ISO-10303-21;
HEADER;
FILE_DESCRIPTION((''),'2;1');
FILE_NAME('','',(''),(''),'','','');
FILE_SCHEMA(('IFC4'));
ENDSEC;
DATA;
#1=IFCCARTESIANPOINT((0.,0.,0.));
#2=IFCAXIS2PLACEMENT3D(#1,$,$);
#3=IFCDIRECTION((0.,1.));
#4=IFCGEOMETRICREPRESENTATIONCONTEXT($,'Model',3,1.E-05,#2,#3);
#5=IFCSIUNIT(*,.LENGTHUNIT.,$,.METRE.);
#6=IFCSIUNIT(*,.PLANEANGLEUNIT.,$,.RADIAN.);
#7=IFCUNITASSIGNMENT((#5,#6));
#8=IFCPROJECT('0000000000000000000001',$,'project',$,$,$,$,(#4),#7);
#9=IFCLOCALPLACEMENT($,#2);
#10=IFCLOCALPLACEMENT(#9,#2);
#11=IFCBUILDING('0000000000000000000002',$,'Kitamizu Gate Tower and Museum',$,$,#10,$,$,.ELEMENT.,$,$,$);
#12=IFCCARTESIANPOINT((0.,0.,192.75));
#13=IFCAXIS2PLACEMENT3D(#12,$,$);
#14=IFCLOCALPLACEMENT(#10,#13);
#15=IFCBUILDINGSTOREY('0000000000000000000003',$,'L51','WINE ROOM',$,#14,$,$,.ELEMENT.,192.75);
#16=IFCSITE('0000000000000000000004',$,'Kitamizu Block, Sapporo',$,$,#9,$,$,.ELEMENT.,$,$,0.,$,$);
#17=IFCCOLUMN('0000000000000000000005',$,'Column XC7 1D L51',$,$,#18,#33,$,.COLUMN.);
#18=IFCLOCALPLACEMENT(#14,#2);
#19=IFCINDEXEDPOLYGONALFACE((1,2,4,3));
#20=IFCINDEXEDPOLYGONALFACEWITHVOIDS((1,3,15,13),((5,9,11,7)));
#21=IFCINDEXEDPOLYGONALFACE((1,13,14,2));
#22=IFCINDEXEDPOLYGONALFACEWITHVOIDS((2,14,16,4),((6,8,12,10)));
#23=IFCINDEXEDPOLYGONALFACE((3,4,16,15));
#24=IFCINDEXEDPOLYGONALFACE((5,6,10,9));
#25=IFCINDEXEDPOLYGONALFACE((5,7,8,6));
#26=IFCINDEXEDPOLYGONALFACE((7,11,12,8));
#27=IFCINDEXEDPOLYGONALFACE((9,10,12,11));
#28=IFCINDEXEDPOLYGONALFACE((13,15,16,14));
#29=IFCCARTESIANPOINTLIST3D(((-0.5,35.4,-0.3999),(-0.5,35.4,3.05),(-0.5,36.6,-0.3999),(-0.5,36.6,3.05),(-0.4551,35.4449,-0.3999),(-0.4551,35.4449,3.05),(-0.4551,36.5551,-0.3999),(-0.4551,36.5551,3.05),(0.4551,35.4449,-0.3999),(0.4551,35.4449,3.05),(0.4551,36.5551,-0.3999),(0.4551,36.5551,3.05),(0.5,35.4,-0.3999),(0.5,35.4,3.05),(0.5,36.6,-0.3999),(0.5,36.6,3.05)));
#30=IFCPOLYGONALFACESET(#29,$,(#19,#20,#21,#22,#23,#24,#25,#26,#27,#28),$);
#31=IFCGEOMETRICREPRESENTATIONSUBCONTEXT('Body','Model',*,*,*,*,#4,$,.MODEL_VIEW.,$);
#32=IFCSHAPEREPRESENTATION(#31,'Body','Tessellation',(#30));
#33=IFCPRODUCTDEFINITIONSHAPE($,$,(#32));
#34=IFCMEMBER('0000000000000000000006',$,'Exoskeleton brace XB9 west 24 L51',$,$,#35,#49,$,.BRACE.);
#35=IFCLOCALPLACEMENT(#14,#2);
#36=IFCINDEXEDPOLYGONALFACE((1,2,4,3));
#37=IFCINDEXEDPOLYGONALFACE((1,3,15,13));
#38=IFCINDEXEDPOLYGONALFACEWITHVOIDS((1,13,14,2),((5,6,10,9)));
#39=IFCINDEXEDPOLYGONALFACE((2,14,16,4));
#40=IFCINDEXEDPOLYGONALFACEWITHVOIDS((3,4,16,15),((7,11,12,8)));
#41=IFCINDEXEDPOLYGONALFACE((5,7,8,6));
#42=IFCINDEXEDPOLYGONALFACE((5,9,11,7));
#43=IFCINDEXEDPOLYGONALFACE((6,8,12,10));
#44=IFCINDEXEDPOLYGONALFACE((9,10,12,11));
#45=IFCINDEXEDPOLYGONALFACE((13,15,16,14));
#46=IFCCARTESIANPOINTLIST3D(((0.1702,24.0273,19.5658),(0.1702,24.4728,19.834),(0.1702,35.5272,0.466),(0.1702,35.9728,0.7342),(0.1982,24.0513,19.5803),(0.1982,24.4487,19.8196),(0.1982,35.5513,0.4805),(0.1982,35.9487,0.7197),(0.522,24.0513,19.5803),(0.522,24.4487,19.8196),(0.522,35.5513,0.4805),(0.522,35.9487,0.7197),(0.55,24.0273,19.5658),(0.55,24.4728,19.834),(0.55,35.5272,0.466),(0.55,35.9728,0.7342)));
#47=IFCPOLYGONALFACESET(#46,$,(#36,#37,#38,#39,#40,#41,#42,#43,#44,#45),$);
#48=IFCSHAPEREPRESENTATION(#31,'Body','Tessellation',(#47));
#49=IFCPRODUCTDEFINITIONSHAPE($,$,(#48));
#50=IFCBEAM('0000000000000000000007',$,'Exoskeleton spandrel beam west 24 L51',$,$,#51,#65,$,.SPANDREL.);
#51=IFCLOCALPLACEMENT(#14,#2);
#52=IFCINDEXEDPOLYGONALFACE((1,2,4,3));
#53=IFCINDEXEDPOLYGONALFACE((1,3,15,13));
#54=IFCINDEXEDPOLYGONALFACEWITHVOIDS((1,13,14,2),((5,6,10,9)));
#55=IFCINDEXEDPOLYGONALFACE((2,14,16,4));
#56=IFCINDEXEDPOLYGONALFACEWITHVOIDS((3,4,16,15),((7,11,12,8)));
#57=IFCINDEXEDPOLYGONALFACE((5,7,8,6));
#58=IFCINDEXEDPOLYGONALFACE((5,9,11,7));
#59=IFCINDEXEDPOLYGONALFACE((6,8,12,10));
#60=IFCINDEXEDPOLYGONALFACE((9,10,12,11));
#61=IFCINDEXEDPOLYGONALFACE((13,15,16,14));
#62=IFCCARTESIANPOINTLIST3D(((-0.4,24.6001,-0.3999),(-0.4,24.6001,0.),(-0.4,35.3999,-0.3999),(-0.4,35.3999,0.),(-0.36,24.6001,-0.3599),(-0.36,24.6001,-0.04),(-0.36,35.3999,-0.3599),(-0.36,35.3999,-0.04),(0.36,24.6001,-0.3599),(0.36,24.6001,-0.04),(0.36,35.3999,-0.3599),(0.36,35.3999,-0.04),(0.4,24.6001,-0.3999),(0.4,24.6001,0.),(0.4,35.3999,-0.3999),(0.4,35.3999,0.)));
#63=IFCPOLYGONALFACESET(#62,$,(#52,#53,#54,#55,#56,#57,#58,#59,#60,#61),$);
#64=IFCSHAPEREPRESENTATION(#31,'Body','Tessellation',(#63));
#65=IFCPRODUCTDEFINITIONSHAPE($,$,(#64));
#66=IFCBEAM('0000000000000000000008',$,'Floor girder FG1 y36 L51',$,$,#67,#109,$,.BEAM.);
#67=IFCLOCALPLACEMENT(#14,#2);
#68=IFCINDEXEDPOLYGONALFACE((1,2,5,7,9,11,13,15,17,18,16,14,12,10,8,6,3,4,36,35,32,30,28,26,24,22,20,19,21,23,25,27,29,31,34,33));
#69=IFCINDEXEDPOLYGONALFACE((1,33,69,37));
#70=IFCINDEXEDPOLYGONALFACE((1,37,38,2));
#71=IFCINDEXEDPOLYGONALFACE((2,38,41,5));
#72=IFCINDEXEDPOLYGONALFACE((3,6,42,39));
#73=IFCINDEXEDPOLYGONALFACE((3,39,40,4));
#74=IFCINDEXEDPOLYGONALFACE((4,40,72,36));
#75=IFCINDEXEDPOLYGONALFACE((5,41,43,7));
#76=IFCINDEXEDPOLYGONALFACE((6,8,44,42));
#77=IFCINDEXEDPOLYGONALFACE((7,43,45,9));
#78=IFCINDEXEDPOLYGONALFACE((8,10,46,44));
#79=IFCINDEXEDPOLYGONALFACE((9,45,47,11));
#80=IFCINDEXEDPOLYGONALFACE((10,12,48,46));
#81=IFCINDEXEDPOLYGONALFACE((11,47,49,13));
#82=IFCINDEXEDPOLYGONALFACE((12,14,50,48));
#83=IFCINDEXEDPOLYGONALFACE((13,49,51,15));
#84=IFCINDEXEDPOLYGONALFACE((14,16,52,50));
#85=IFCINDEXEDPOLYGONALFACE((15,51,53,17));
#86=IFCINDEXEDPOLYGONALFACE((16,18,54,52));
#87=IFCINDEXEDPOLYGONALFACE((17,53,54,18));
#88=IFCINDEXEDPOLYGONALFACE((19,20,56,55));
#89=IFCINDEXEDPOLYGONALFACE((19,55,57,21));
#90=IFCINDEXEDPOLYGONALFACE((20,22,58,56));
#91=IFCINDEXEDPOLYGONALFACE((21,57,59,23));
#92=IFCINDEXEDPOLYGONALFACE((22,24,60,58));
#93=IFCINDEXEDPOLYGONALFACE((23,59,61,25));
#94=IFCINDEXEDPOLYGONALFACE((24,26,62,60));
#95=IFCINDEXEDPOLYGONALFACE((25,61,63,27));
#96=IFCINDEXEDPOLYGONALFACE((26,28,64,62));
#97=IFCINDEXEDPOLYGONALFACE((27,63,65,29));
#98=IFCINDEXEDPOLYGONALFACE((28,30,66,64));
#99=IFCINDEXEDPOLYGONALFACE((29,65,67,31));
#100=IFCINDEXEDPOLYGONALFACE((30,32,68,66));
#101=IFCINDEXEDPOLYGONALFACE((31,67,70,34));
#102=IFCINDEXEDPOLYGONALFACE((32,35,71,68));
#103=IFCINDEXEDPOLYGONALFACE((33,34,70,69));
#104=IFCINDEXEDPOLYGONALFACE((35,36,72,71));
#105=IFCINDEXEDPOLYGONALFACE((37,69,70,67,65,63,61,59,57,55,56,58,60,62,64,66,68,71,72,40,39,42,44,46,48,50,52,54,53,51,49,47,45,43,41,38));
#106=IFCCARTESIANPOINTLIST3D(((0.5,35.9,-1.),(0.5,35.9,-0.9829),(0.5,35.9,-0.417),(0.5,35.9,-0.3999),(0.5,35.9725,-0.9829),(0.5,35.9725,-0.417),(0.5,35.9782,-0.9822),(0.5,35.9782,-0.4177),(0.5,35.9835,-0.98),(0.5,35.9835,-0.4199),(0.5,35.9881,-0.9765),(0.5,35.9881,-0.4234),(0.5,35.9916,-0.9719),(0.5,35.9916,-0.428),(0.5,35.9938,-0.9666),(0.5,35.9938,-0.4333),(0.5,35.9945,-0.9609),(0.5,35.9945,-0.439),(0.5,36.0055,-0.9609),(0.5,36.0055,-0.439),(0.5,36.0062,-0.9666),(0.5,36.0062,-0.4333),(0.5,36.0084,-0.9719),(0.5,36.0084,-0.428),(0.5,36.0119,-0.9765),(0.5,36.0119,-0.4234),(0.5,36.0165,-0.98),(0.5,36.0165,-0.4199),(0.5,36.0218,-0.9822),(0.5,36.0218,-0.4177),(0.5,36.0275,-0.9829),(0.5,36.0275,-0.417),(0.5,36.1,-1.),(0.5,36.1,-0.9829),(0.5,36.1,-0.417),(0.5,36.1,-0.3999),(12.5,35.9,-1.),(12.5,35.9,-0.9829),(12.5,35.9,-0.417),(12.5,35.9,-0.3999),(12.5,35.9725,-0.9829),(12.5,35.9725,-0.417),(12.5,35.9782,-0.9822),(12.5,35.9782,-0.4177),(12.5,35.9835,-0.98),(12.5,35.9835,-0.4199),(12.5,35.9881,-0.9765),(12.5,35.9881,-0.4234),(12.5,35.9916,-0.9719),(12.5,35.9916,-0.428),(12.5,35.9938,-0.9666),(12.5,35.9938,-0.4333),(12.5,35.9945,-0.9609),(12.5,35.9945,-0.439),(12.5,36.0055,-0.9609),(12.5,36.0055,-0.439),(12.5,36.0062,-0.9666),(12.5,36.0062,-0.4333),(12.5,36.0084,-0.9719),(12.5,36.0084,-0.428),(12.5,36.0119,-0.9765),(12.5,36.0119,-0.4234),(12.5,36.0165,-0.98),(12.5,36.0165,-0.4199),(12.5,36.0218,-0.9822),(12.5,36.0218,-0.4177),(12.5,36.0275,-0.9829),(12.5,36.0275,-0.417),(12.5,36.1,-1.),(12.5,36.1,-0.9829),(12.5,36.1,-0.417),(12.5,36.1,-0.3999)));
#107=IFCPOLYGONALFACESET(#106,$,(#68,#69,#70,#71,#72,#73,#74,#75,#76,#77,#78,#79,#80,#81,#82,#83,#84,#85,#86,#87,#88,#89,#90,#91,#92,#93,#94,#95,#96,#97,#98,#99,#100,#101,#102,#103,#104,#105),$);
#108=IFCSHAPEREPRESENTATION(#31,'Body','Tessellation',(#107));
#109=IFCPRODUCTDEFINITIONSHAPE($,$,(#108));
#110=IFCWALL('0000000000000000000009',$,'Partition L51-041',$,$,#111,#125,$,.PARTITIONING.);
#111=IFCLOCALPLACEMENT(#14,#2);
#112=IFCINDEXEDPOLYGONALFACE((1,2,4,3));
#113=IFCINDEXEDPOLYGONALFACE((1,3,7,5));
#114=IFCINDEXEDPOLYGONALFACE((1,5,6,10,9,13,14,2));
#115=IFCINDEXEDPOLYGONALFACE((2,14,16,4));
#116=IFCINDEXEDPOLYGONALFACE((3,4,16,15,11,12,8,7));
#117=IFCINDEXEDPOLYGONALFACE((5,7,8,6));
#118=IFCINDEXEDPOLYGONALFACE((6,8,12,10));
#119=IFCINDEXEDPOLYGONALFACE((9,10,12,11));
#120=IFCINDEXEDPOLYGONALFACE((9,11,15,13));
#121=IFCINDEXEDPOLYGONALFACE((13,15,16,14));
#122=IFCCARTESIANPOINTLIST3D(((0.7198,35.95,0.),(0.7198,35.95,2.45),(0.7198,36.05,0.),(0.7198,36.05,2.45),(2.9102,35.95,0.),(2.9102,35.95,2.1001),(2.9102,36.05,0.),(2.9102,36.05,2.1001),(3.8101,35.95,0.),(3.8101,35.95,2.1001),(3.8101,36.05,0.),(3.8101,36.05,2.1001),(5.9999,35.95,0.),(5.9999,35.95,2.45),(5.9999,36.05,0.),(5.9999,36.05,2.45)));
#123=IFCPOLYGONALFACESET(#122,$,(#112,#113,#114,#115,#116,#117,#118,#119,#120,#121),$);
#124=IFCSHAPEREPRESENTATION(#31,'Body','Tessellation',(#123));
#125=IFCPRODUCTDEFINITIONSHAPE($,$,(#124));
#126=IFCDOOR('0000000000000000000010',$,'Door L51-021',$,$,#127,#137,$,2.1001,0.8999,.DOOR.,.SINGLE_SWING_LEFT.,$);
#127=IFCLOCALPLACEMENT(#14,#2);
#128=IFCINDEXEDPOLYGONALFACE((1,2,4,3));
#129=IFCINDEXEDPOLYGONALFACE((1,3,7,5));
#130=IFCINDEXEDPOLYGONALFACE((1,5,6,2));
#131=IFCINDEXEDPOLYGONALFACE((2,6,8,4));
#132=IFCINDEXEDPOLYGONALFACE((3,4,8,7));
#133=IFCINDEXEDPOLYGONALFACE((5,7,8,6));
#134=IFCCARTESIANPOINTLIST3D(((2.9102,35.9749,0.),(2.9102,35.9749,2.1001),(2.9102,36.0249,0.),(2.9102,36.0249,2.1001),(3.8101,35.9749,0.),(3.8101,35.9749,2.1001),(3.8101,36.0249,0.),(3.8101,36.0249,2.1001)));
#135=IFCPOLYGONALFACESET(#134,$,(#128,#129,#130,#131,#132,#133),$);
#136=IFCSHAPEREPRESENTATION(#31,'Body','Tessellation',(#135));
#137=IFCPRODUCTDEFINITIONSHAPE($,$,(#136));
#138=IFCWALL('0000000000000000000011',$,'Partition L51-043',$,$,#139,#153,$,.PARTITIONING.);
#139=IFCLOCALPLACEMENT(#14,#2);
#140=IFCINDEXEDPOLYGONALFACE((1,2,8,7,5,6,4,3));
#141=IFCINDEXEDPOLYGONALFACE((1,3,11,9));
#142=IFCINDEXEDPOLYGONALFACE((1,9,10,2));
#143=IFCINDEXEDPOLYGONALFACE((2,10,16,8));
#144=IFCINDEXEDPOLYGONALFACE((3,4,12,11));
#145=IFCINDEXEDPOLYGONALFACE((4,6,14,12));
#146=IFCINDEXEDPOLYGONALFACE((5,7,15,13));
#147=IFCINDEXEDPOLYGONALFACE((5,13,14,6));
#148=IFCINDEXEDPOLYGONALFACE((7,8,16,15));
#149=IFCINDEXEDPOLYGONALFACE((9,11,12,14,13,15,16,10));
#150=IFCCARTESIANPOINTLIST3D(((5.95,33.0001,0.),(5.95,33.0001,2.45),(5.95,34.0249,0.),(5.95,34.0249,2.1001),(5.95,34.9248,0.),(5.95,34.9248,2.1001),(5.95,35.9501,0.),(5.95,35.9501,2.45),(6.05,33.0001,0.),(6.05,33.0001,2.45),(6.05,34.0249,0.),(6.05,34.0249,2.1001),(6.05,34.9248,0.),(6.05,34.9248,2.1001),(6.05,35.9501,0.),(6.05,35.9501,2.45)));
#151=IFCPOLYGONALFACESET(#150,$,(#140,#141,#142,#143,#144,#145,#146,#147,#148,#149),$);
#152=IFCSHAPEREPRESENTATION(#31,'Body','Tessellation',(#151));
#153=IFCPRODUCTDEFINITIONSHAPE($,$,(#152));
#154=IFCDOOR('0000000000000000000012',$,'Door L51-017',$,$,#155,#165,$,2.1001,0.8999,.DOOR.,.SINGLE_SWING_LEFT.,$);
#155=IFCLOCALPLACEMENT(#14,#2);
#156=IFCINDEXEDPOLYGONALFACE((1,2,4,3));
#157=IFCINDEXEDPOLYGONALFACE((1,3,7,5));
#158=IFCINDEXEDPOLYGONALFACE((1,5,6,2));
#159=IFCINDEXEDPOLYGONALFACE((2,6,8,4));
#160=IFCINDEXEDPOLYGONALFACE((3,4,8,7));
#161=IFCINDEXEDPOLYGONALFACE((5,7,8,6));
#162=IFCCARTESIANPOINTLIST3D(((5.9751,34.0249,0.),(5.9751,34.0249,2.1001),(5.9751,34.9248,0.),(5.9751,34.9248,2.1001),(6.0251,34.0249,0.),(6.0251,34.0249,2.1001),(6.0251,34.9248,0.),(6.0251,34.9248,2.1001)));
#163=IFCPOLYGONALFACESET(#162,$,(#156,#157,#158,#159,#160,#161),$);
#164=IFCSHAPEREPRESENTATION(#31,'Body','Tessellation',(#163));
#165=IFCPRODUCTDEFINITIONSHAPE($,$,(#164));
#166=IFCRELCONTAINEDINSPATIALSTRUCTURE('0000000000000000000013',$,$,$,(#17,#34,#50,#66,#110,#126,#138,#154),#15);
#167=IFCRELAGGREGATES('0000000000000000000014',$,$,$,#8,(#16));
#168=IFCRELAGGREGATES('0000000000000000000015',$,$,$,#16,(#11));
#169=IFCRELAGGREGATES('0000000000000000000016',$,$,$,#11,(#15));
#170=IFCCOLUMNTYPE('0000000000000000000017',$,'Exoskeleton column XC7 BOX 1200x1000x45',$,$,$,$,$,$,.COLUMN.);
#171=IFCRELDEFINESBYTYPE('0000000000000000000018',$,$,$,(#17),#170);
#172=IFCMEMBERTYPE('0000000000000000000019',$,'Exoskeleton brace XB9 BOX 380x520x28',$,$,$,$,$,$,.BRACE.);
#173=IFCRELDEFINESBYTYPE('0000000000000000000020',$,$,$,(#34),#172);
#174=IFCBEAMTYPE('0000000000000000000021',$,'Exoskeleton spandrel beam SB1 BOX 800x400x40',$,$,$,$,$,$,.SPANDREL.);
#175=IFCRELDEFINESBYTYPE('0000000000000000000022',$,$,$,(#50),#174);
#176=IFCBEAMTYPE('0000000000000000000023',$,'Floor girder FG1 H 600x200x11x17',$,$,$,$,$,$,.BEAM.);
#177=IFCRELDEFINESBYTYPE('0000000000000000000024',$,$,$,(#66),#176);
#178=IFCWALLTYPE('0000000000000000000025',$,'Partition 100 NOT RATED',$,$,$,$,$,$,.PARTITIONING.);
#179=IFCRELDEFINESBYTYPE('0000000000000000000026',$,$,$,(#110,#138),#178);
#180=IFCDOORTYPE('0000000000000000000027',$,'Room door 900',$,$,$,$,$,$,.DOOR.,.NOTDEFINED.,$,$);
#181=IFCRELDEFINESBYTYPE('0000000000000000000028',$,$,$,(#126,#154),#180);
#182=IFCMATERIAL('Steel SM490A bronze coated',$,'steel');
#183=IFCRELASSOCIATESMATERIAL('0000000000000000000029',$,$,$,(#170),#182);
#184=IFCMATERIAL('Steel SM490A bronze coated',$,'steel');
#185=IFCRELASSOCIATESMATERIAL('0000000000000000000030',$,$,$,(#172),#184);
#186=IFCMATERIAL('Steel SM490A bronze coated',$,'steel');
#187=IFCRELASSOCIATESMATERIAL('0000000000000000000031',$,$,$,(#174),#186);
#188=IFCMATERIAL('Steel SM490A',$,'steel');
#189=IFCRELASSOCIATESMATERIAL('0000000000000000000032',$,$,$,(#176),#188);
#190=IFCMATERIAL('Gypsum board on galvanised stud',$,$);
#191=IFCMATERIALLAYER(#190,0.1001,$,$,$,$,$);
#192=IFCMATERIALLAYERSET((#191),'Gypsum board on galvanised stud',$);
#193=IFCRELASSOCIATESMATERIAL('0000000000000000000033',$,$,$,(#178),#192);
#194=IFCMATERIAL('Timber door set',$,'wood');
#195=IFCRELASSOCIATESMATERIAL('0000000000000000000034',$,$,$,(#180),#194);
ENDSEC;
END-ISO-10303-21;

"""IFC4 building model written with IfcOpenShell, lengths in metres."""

from ifc_helpers import new_model, si_unit, direction, frame, frame_2d, origin, origin_2d, place, context, subcontext, project, spatial, rectangle, hollow_rectangle, i_section, extrude, material, layer, layer_set, material_profile, profile_set, type_object, element, fill, save


model = new_model("IFC4")

# Units and contexts
model_context = context("Model", 3, precision=1e-05, world=origin(), true_north=direction((0.0, 1.0)))
body_context = subcontext(model_context, "Body", "Model", "MODEL_VIEW")
ifc_project = project(units=[si_unit("LENGTHUNIT", "METRE"), si_unit("PLANEANGLEUNIT", "RADIAN")], contexts=[model_context])

# Site, building, storey
site_placement = place(None, origin())
site = spatial("IfcSite", under=ifc_project, at=site_placement, Name="Kitamizu Block, Sapporo", CompositionType="ELEMENT", RefElevation=0.0)
building_placement = place(site_placement, origin())
building = spatial("IfcBuilding", under=site, at=building_placement, Name="Kitamizu Gate Tower and Museum", CompositionType="ELEMENT")
storey_placement = place(building_placement, frame((0.0, 0.0, 192.75)))
storey = spatial("IfcBuildingStorey", under=building, at=storey_placement, Name="L51", Description="WINE ROOM", CompositionType="ELEMENT", Elevation=192.75)

# Column
ifc_material_1 = material(Name="Steel SM490A bronze coated", Category="steel")
ifc_material_profile_1 = material_profile(ifc_material_1, hollow_rectangle(XDim=1.2, YDim=1.0, WallThickness=0.0449, at=origin_2d()), Name="BOX 1200x1000x45")
ifc_profile_set_1 = profile_set([ifc_material_profile_1], Name="Steel SM490A bronze coated")
column_type = type_object("IfcColumnType", Name="Exoskeleton column XC7 BOX 1200x1000x45", PredefinedType="COLUMN", material=ifc_profile_set_1)
column_placement = place(storey_placement, frame((0.0, 36.0, -0.3999), z_axis=(0.0, 0.0, 1.0), x_axis=(0.0, 1.0, 0.0)))
element("IfcColumn", 1, at=column_placement, inside=storey, type_object=column_type, Name="Column XC7 1D L51", PredefinedType="COLUMN", context=body_context, shape_type="SweptSolid", body=[
    extrude(hollow_rectangle(XDim=1.2, YDim=1.0, WallThickness=0.0449, at=origin_2d()), origin(), (0.0, 0.0, 1.0), 3.45),
])

# Member
ifc_material_2 = material(Name="Steel SM490A bronze coated", Category="steel")
ifc_material_profile_2 = material_profile(ifc_material_2, hollow_rectangle(XDim=0.3799, YDim=0.52, WallThickness=0.0281, at=origin_2d()), Name="BOX 380x520x28")
ifc_profile_set_2 = profile_set([ifc_material_profile_2], Name="Steel SM490A bronze coated")
member_type = type_object("IfcMemberType", Name="Exoskeleton brace XB9 BOX 380x520x28", PredefinedType="BRACE", material=ifc_profile_set_2)
member_placement = place(storey_placement, frame((0.3601, 35.75, 0.6001), z_axis=(0.0, -0.515817, 0.856699), x_axis=(1.0, 0.0, 0.0)))
element("IfcMember", 2, at=member_placement, inside=storey, type_object=member_type, Name="Exoskeleton brace XB9 west 24 L51", PredefinedType="BRACE", context=body_context, shape_type="SweptSolid", body=[
    extrude(hollow_rectangle(XDim=0.3799, YDim=0.52, WallThickness=0.0281, at=origin_2d()), origin(), (0.0, 0.0, 1.0), 22.2947),
])

# Beams
ifc_material_3 = material(Name="Steel SM490A bronze coated", Category="steel")
ifc_material_profile_3 = material_profile(ifc_material_3, hollow_rectangle(XDim=0.8, YDim=0.3999, WallThickness=0.04, at=origin_2d()), Name="BOX 800x400x40")
ifc_profile_set_3 = profile_set([ifc_material_profile_3], Name="Steel SM490A bronze coated")
beam_type_1 = type_object("IfcBeamType", Name="Exoskeleton spandrel beam SB1 BOX 800x400x40", PredefinedType="SPANDREL", material=ifc_profile_set_3)
beam_1_placement = place(storey_placement, frame((0.0, 24.6001, -0.2), z_axis=(0.0, 1.0, 0.0), x_axis=(-1.0, 0.0, 0.0)))
element("IfcBeam", 3, at=beam_1_placement, inside=storey, type_object=beam_type_1, Name="Exoskeleton spandrel beam west 24 L51", PredefinedType="SPANDREL", context=body_context, shape_type="SweptSolid", body=[
    extrude(hollow_rectangle(XDim=0.8, YDim=0.3999, WallThickness=0.04, at=origin_2d()), origin(), (0.0, 0.0, 1.0), 10.7998),
])
ifc_material_4 = material(Name="Steel SM490A", Category="steel")
ifc_material_profile_4 = material_profile(ifc_material_4, i_section(OverallWidth=0.2, OverallDepth=0.6001, WebThickness=0.011, FlangeThickness=0.0171, FilletRadius=0.022, at=origin_2d()), Name="H-600x200x11x17")
ifc_profile_set_4 = profile_set([ifc_material_profile_4], Name="Steel SM490A")
beam_type_2 = type_object("IfcBeamType", Name="Floor girder FG1 H 600x200x11x17", PredefinedType="BEAM", material=ifc_profile_set_4)
beam_2_placement = place(storey_placement, frame((0.5, 36.0, -0.7), z_axis=(1.0, 0.0, 0.0), x_axis=(0.0, 1.0, 0.0)))
element("IfcBeam", 4, at=beam_2_placement, inside=storey, type_object=beam_type_2, Name="Floor girder FG1 y36 L51", PredefinedType="BEAM", context=body_context, shape_type="SweptSolid", body=[
    extrude(i_section(OverallWidth=0.2, OverallDepth=0.6001, WebThickness=0.011, FlangeThickness=0.0171, FilletRadius=0.022, at=origin_2d()), origin(), (0.0, 0.0, 1.0), 12.0),
])

# Walls, openings, doors
ifc_material_5 = material(Name="Gypsum board on galvanised stud")
ifc_layer_1 = layer(ifc_material_5, 0.1001)
ifc_layer_set_1 = layer_set([ifc_layer_1], Name="Gypsum board on galvanised stud")
wall_type_1 = type_object("IfcWallType", Name="Partition 100 NOT RATED", PredefinedType="PARTITIONING", material=ifc_layer_set_1)
wall_1_placement = place(storey_placement, frame((6.0, 36.0, 0.0), z_axis=(0.0, 0.0, 1.0), x_axis=(-1.0, 0.0, 0.0)))
wall_1 = element("IfcWall", 5, at=wall_1_placement, inside=storey, type_object=wall_type_1, Name="Partition L51-041", PredefinedType="PARTITIONING", context=body_context, shape_type="SweptSolid", body=[
    extrude(rectangle(XDim=5.28, YDim=0.1001, at=frame_2d((2.6401, 0.0))), origin(), (0.0, 0.0, 1.0), 2.45),
])
opening_1_placement = place(wall_1_placement, frame((2.1899, 0.0, 0.0)))
opening_1 = element("IfcOpeningElement", 6, at=opening_1_placement, cuts=wall_1, PredefinedType="OPENING", context=body_context, shape_type="SweptSolid", body=[
    extrude(rectangle(XDim=0.8999, YDim=2.1001, at=frame_2d((0.45, 1.05))), frame((0.0, 0.0601, 0.0), z_axis=(0.0, -1.0, 0.0), x_axis=(1.0, 0.0, 0.0)), (0.0, 0.0, 1.0), 0.1201),
])
ifc_material_6 = material(Name="Timber door set", Category="wood")
door_type_1 = type_object("IfcDoorType", Name="Room door 900", OperationType="NOTDEFINED", PredefinedType="DOOR", material=ifc_material_6)
door_1_placement = place(opening_1_placement, frame((0.8999, 0.0, 0.0), x_axis=(-1.0, 0.0, 0.0)))
door_1 = element("IfcDoor", 7, at=door_1_placement, inside=storey, type_object=door_type_1, Name="Door L51-021", OperationType="SINGLE_SWING_LEFT", OverallHeight=2.1001, OverallWidth=0.8999, PredefinedType="DOOR", context=body_context, shape_type="SweptSolid", body=[
    extrude(rectangle(XDim=0.8999, YDim=2.1001, at=frame_2d((0.45, 1.05))), frame((0.0, 0.0249, 0.0), z_axis=(0.0, -1.0, 0.0), x_axis=(1.0, 0.0, 0.0)), (0.0, 0.0, 1.0), 0.05),
])
fill(opening_1, door_1)
wall_2_placement = place(storey_placement, frame((6.0, 33.0, 0.0), z_axis=(0.0, 0.0, 1.0), x_axis=(0.0, 1.0, 0.0)))
wall_2 = element("IfcWall", 8, at=wall_2_placement, inside=storey, type_object=wall_type_1, Name="Partition L51-043", PredefinedType="PARTITIONING", context=body_context, shape_type="SweptSolid", body=[
    extrude(rectangle(XDim=2.95, YDim=0.1001, at=frame_2d((1.4751, 0.0))), origin(), (0.0, 0.0, 1.0), 2.45),
])
opening_2_placement = place(wall_2_placement, frame((1.0249, 0.0, 0.0)))
opening_2 = element("IfcOpeningElement", 9, at=opening_2_placement, cuts=wall_2, PredefinedType="OPENING", context=body_context, shape_type="SweptSolid", body=[
    extrude(rectangle(XDim=0.8999, YDim=2.1001, at=frame_2d((0.45, 1.05))), frame((0.0, 0.0601, 0.0), z_axis=(0.0, -1.0, 0.0), x_axis=(1.0, 0.0, 0.0)), (0.0, 0.0, 1.0), 0.1201),
])
door_2_placement = place(opening_2_placement, origin())
door_2 = element("IfcDoor", 10, at=door_2_placement, inside=storey, type_object=door_type_1, Name="Door L51-017", OperationType="SINGLE_SWING_LEFT", OverallHeight=2.1001, OverallWidth=0.8999, PredefinedType="DOOR", context=body_context, shape_type="SweptSolid", body=[
    extrude(rectangle(XDim=0.8999, YDim=2.1001, at=frame_2d((0.45, 1.05))), frame((0.0, 0.0249, 0.0), z_axis=(0.0, -1.0, 0.0), x_axis=(1.0, 0.0, 0.0)), (0.0, 0.0, 1.0), 0.05),
])
fill(opening_2, door_2)

save(model, "model.ifc")
